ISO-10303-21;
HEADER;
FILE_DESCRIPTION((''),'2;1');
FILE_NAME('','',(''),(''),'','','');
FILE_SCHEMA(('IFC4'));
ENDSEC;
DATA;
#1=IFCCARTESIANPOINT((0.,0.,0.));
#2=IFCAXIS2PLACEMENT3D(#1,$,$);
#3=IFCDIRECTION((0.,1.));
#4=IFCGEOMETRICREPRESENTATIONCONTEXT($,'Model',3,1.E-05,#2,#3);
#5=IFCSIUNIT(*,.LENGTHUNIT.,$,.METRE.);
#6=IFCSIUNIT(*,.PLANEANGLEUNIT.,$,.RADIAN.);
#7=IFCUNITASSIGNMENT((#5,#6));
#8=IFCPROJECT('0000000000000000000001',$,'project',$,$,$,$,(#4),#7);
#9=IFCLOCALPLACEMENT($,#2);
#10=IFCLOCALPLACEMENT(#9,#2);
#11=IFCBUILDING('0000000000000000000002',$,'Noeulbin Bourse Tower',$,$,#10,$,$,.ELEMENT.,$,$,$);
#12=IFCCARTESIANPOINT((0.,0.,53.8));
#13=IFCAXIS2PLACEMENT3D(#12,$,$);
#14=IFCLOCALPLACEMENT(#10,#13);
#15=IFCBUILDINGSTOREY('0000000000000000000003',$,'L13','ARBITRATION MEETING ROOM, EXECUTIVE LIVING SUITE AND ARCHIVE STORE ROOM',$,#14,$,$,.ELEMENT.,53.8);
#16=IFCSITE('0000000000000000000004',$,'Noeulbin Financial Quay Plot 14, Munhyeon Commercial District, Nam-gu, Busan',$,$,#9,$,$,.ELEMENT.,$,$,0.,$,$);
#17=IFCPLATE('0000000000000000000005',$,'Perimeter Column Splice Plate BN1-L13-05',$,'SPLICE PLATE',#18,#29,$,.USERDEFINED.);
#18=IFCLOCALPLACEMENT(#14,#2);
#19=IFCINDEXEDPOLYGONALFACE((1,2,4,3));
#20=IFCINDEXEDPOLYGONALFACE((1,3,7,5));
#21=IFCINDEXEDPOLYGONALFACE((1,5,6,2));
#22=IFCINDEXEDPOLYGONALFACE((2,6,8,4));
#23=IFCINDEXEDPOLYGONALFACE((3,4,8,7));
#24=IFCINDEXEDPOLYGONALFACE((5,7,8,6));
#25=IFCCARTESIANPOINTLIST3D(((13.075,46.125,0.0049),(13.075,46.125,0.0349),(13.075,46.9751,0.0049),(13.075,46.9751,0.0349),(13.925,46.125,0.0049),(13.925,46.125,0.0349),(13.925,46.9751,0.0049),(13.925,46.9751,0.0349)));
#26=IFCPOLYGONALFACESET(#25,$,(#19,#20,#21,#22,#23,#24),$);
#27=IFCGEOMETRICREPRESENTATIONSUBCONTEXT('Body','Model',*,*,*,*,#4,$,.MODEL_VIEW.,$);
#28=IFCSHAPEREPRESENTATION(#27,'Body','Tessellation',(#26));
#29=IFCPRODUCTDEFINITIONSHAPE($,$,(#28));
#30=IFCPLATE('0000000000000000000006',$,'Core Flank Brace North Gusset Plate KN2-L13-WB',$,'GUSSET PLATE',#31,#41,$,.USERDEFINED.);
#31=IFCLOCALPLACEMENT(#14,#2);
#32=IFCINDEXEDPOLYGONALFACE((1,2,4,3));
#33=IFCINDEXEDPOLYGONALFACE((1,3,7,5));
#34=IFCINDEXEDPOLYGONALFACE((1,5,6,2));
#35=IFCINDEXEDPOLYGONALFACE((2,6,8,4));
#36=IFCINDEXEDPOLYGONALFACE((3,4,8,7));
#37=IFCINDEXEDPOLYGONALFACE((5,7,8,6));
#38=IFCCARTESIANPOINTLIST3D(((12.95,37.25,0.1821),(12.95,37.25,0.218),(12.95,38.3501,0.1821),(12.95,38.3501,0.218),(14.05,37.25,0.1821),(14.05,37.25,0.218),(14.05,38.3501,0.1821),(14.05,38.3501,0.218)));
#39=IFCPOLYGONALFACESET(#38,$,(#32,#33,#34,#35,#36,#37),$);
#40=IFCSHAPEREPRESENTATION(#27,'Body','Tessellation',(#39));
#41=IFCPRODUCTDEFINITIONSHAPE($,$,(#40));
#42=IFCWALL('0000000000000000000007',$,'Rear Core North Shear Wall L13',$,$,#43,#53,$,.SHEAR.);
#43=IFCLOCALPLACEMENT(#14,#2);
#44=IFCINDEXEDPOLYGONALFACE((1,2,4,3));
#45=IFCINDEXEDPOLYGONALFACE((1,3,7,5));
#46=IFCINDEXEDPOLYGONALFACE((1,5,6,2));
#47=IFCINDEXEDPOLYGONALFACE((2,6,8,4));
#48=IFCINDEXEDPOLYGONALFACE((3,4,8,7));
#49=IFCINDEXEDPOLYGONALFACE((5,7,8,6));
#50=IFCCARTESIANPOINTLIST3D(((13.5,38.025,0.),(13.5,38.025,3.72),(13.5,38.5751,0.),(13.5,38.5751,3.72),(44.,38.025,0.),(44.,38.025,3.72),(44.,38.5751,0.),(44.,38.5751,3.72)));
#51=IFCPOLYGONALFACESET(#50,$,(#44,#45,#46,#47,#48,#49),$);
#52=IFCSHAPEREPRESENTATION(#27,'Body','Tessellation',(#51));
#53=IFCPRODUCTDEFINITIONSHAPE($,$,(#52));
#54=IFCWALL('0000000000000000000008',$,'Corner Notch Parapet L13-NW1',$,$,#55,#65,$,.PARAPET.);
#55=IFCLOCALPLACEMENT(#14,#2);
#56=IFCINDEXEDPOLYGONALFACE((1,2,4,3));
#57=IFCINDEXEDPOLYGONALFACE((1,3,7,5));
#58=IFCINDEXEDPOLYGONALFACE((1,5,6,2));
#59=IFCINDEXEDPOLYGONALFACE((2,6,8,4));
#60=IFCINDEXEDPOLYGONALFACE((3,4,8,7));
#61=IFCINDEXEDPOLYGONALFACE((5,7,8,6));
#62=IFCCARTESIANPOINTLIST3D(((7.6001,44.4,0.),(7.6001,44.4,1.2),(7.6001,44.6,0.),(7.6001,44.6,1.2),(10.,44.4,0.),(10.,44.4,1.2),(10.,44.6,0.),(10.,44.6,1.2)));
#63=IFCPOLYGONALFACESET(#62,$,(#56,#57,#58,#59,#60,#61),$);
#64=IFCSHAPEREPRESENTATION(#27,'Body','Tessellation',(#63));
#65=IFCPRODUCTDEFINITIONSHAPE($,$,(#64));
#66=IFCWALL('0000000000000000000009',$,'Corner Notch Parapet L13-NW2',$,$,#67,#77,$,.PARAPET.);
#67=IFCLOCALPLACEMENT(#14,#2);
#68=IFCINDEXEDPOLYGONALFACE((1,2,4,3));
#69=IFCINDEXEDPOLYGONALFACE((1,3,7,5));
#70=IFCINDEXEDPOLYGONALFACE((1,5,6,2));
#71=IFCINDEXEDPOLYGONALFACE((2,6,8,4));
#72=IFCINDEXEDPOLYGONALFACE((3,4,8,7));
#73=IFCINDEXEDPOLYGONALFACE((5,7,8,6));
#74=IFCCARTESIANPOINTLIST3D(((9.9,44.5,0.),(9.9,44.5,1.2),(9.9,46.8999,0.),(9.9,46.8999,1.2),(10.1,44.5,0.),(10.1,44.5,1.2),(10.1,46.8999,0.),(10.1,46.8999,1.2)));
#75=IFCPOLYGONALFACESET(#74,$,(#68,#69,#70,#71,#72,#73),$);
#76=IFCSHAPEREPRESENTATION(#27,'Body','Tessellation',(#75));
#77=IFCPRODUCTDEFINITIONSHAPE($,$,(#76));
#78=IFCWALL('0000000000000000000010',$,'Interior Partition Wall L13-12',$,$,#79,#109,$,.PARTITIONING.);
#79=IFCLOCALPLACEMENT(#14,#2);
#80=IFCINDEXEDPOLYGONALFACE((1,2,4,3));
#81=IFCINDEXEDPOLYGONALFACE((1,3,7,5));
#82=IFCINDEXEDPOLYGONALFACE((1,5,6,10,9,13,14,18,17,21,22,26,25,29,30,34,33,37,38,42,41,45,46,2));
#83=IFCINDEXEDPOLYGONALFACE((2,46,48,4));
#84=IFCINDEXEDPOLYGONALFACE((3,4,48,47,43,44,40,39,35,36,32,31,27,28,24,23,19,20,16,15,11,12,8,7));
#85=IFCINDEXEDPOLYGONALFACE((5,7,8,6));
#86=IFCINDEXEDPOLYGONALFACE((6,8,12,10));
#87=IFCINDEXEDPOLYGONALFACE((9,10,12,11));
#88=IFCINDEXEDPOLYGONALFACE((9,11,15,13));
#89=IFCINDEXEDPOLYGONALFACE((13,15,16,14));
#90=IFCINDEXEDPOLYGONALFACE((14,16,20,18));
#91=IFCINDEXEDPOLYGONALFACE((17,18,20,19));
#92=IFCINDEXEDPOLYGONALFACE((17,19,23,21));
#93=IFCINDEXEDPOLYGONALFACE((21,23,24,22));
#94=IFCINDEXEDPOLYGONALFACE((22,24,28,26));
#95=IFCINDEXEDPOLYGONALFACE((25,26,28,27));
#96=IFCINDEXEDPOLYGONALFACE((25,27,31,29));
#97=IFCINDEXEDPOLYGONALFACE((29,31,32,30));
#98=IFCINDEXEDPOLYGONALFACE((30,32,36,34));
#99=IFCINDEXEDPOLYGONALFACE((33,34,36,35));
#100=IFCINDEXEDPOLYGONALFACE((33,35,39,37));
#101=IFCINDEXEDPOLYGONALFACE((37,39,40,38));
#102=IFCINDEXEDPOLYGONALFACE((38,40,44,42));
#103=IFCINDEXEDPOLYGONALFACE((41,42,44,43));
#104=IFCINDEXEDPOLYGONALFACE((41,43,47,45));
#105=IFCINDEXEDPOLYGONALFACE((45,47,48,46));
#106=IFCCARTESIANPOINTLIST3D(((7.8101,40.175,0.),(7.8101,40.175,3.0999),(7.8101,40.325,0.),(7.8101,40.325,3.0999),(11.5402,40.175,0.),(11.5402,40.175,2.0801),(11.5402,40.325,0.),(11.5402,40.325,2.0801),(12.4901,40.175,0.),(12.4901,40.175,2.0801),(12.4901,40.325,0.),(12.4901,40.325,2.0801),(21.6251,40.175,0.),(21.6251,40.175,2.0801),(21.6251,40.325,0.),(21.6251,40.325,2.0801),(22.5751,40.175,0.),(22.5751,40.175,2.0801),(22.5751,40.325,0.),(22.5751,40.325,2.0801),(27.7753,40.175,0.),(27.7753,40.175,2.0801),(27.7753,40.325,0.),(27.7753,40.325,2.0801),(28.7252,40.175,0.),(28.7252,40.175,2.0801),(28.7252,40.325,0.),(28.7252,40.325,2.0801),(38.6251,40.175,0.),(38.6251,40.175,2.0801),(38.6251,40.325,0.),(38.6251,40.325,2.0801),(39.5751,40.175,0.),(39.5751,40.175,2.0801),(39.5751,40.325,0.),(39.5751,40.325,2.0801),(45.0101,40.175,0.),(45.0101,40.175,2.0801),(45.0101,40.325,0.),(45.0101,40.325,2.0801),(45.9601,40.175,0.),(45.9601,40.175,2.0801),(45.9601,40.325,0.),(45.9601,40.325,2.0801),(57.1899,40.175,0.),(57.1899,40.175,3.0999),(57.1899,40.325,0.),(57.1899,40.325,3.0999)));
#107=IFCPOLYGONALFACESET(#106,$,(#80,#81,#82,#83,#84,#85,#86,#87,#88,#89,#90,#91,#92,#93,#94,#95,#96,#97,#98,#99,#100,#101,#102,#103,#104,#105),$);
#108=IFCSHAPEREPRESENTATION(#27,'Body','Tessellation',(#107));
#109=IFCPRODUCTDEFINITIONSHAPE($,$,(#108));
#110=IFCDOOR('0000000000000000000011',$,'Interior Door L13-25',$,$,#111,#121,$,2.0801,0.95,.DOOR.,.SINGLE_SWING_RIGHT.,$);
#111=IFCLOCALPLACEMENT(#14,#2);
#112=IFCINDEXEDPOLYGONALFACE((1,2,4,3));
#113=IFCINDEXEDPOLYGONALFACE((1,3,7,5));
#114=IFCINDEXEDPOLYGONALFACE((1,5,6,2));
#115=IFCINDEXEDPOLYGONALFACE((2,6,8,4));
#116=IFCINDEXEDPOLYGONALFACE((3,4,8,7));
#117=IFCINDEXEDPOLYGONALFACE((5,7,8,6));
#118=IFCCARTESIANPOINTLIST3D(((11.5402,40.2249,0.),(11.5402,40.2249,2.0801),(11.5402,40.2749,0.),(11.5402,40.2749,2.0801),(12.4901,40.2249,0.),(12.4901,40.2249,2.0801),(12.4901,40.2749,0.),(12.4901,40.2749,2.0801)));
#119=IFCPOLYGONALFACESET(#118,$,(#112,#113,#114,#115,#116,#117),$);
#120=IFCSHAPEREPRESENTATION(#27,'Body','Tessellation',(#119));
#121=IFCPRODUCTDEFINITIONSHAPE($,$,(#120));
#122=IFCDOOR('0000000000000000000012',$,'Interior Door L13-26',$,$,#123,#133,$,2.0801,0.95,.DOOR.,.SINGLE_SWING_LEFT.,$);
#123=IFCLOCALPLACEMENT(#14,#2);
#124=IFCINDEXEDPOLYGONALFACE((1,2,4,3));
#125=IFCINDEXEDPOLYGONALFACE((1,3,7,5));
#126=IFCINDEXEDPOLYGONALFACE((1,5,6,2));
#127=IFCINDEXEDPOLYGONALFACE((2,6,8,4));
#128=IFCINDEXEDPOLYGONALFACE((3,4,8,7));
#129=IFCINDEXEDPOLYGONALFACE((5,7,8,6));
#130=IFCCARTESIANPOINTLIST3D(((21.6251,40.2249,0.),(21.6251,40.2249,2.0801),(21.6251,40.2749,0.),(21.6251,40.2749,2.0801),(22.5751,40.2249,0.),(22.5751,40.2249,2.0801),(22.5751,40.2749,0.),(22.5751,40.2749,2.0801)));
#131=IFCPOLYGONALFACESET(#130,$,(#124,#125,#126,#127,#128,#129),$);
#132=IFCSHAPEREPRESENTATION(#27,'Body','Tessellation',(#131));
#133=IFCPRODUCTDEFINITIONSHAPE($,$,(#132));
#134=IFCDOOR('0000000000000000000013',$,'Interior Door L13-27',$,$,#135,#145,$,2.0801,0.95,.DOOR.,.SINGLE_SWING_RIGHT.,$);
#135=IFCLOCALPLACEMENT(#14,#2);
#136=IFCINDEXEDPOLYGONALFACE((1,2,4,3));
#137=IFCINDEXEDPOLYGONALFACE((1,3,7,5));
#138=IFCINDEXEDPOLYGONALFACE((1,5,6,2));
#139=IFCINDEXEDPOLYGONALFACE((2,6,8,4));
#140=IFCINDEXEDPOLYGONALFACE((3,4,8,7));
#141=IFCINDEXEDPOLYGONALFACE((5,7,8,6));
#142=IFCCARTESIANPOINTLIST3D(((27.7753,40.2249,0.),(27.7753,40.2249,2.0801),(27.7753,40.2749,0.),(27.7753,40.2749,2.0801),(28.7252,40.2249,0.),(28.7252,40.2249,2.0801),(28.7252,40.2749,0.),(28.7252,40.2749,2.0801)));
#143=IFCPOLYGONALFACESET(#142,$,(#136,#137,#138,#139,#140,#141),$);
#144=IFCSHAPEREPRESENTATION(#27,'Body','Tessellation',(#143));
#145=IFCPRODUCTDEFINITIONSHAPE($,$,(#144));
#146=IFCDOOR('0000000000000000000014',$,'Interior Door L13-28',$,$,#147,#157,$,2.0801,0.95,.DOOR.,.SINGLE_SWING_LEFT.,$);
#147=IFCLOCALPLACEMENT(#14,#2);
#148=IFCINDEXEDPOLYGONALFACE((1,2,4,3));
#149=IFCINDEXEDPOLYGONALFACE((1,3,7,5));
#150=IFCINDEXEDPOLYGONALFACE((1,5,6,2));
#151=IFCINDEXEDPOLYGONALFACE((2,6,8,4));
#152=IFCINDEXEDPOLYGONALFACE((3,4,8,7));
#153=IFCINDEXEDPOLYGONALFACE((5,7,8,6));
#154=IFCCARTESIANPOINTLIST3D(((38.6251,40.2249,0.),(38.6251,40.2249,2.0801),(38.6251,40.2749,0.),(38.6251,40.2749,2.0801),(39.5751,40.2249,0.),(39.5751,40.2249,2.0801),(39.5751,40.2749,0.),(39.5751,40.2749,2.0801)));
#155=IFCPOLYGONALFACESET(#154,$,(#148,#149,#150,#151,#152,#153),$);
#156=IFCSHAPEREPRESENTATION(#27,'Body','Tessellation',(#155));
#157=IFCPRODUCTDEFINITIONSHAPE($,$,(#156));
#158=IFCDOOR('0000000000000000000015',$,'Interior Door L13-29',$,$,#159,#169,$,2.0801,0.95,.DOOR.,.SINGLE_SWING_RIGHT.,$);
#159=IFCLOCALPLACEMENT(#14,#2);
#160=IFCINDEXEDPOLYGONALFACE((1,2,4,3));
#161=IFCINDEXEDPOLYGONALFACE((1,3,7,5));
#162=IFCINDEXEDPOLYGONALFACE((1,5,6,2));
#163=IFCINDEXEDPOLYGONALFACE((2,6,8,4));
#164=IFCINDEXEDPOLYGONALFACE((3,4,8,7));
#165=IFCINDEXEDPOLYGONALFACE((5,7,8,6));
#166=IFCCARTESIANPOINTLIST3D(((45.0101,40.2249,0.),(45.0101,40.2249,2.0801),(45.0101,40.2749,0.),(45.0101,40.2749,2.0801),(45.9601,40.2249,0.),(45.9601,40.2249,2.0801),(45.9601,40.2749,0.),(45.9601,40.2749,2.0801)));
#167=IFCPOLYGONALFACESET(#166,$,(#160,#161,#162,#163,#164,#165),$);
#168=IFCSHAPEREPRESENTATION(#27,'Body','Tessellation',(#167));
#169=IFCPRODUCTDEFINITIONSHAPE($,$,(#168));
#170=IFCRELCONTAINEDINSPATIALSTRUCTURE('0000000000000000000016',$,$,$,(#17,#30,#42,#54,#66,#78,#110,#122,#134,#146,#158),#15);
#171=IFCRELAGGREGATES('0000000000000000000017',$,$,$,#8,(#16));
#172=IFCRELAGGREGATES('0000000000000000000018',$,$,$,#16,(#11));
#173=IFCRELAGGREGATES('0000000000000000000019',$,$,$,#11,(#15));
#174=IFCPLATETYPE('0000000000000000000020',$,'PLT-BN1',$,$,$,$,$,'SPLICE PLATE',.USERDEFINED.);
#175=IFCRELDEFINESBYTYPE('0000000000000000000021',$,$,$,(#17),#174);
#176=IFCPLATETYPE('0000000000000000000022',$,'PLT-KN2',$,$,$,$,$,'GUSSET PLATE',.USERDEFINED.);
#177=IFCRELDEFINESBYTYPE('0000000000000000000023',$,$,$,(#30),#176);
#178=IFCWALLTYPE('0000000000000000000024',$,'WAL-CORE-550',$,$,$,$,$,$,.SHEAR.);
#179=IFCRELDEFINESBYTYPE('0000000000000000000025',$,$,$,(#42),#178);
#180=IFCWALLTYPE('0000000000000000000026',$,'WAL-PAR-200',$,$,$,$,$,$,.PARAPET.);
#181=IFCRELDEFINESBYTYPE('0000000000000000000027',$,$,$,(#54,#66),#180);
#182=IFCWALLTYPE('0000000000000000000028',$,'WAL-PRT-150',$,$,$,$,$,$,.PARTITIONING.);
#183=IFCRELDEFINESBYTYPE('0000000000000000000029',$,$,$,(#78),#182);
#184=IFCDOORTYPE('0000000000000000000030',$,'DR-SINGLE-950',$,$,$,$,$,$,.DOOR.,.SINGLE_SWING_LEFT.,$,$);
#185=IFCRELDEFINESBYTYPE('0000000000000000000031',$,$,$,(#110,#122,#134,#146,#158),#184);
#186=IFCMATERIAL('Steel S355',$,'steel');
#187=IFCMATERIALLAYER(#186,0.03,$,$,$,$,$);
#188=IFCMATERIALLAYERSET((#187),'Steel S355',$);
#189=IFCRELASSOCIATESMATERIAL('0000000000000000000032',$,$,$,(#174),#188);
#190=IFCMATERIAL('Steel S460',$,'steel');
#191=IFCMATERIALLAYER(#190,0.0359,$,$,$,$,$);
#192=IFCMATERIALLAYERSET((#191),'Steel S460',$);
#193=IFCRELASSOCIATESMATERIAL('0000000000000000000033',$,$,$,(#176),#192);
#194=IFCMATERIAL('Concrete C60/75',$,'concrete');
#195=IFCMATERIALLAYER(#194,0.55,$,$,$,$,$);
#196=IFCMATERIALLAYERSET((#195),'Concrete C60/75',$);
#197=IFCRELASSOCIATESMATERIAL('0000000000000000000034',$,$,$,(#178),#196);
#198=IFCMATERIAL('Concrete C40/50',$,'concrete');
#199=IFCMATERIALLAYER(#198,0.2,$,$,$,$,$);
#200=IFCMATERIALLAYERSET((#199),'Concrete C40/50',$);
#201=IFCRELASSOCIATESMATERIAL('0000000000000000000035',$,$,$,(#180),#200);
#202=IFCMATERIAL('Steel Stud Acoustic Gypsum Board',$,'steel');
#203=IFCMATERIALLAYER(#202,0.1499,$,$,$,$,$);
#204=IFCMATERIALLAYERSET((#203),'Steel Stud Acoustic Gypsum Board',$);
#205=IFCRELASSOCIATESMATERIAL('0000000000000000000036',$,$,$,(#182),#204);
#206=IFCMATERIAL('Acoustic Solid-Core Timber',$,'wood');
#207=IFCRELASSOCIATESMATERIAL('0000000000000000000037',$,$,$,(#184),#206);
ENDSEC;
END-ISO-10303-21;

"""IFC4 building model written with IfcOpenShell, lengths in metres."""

from ifc_helpers import new_model, si_unit, direction, frame, frame_2d, origin, origin_2d, place, context, subcontext, project, spatial, rectangle, extrude, material, layer, layer_set, type_object, element, fill, save


model = new_model("IFC4")

# Units and contexts
model_context = context("Model", 3, precision=1e-05, world=origin(), true_north=direction((0.0, 1.0)))
body_context = subcontext(model_context, "Body", "Model", "MODEL_VIEW")
ifc_project = project(units=[si_unit("LENGTHUNIT", "METRE"), si_unit("PLANEANGLEUNIT", "RADIAN")], contexts=[model_context])

# Site, building, storey
site_placement = place(None, origin())
site = spatial("IfcSite", under=ifc_project, at=site_placement, Name="Noeulbin Financial Quay Plot 14, Munhyeon Commercial District, Nam-gu, Busan", CompositionType="ELEMENT", RefElevation=0.0)
building_placement = place(site_placement, origin())
building = spatial("IfcBuilding", under=site, at=building_placement, Name="Noeulbin Bourse Tower", CompositionType="ELEMENT")
storey_placement = place(building_placement, frame((0.0, 0.0, 53.8)))
storey = spatial("IfcBuildingStorey", under=building, at=storey_placement, Name="L13", Description="ARBITRATION MEETING ROOM, EXECUTIVE LIVING SUITE AND ARCHIVE STORE ROOM", CompositionType="ELEMENT", Elevation=53.8)

# Shared definitions
ifc_material_1 = material(Name="Steel S460", Category="steel")

# Plates
ifc_material_2 = material(Name="Steel S355", Category="steel")
ifc_layer_1 = layer(ifc_material_2, 0.03)
ifc_layer_set_1 = layer_set([ifc_layer_1], Name="Steel S355")
plate_type_1 = type_object("IfcPlateType", Name="PLT-BN1", ElementType="SPLICE PLATE", PredefinedType="USERDEFINED", material=ifc_layer_set_1)
for number, where, z_axis, x_axis, name in (
    (1, (13.5, 46.55, 0.0049), (0.0, 0.0, 1.0), (1.0, 0.0, 0.0), "Perimeter Column Splice Plate BN1-L13-05"),
):
    element("IfcPlate", number, at=place(storey_placement, frame(where, z_axis=z_axis, x_axis=x_axis)), inside=storey, type_object=plate_type_1, Name=name, ObjectType="SPLICE PLATE", PredefinedType="USERDEFINED", context=body_context, shape_type="SweptSolid", body=[
        extrude(rectangle(XDim=0.8501, YDim=0.8501, at=origin_2d()), origin(), (0.0, 0.0, 1.0), 0.03),
    ])
ifc_layer_2 = layer(ifc_material_1, 0.0359)
ifc_layer_set_2 = layer_set([ifc_layer_2], Name="Steel S460")
plate_type_2 = type_object("IfcPlateType", Name="PLT-KN2", ElementType="GUSSET PLATE", PredefinedType="USERDEFINED", material=ifc_layer_set_2)
plate_1_placement = place(storey_placement, frame((13.5, 37.8, 0.1821), z_axis=(0.0, 0.0, 1.0), x_axis=(1.0, 0.0, 0.0)))
element("IfcPlate", 2, at=plate_1_placement, inside=storey, type_object=plate_type_2, Name="Core Flank Brace North Gusset Plate KN2-L13-WB", ObjectType="GUSSET PLATE", PredefinedType="USERDEFINED", context=body_context, shape_type="SweptSolid", body=[
    extrude(rectangle(XDim=1.1001, YDim=1.1001, at=origin_2d()), origin(), (0.0, 0.0, 1.0), 0.0359),
])

# Walls
ifc_material_3 = material(Name="Concrete C60/75", Category="concrete")
ifc_layer_3 = layer(ifc_material_3, 0.55)
ifc_layer_set_3 = layer_set([ifc_layer_3], Name="Concrete C60/75")
wall_type_1 = type_object("IfcWallType", Name="WAL-CORE-550", PredefinedType="SHEAR", material=ifc_layer_set_3)
wall_1_placement = place(storey_placement, frame((13.5, 38.3, 0.0), z_axis=(0.0, 0.0, 1.0), x_axis=(1.0, 0.0, 0.0)))
element("IfcWall", 3, at=wall_1_placement, inside=storey, type_object=wall_type_1, Name="Rear Core North Shear Wall L13", PredefinedType="SHEAR", context=body_context, shape_type="SweptSolid", body=[
    extrude(rectangle(XDim=30.5, YDim=0.55, at=frame_2d((15.25, 0.0))), origin(), (0.0, 0.0, 1.0), 3.72),
])
ifc_material_4 = material(Name="Concrete C40/50", Category="concrete")
ifc_layer_4 = layer(ifc_material_4, 0.2)
ifc_layer_set_4 = layer_set([ifc_layer_4], Name="Concrete C40/50")
wall_type_2 = type_object("IfcWallType", Name="WAL-PAR-200", PredefinedType="PARAPET", material=ifc_layer_set_4)
for number, where, z_axis, x_axis, name in (
    (4, (7.6001, 44.5, 0.0), (0.0, 0.0, 1.0), (1.0, 0.0, 0.0), "Corner Notch Parapet L13-NW1"),
    (5, (10.0, 44.5, 0.0), (0.0, 0.0, 1.0), (0.0, 1.0, 0.0), "Corner Notch Parapet L13-NW2"),
):
    element("IfcWall", number, at=place(storey_placement, frame(where, z_axis=z_axis, x_axis=x_axis)), inside=storey, type_object=wall_type_2, Name=name, PredefinedType="PARAPET", context=body_context, shape_type="SweptSolid", body=[
        extrude(rectangle(XDim=2.3999, YDim=0.2, at=frame_2d((1.2, 0.0))), origin(), (0.0, 0.0, 1.0), 1.2),
    ])

# Wall, openings, doors
ifc_material_5 = material(Name="Steel Stud Acoustic Gypsum Board", Category="steel")
ifc_layer_5 = layer(ifc_material_5, 0.1499)
ifc_layer_set_5 = layer_set([ifc_layer_5], Name="Steel Stud Acoustic Gypsum Board")
wall_type_3 = type_object("IfcWallType", Name="WAL-PRT-150", PredefinedType="PARTITIONING", material=ifc_layer_set_5)
wall_2_placement = place(storey_placement, frame((7.8101, 40.25, 0.0), z_axis=(0.0, 0.0, 1.0), x_axis=(1.0, 0.0, 0.0)))
wall_2 = element("IfcWall", 6, at=wall_2_placement, inside=storey, type_object=wall_type_3, Name="Interior Partition Wall L13-12", PredefinedType="PARTITIONING", context=body_context, shape_type="SweptSolid", body=[
    extrude(rectangle(XDim=49.3799, YDim=0.1499, at=frame_2d((24.6899, 0.0))), origin(), (0.0, 0.0, 1.0), 3.0999),
])
opening_1_placement = place(wall_2_placement, frame((3.73, 0.0, 0.0)))
opening_1 = element("IfcOpeningElement", 7, at=opening_1_placement, cuts=wall_2, PredefinedType="OPENING", context=body_context, shape_type="SweptSolid", body=[
    extrude(rectangle(XDim=0.95, YDim=2.0801, at=frame_2d((0.4751, 1.04))), frame((0.0, 0.085, 0.0), z_axis=(0.0, -1.0, 0.0), x_axis=(1.0, 0.0, 0.0)), (0.0, 0.0, 1.0), 0.1699),
])
opening_2_placement = place(wall_2_placement, frame((13.8149, 0.0, 0.0)))
opening_2 = element("IfcOpeningElement", 8, at=opening_2_placement, cuts=wall_2, PredefinedType="OPENING", context=body_context, shape_type="SweptSolid", body=[
    extrude(rectangle(XDim=0.95, YDim=2.0801, at=frame_2d((0.4751, 1.04))), frame((0.0, 0.085, 0.0), z_axis=(0.0, -1.0, 0.0), x_axis=(1.0, 0.0, 0.0)), (0.0, 0.0, 1.0), 0.1699),
])
opening_3_placement = place(wall_2_placement, frame((19.9651, 0.0, 0.0)))
opening_3 = element("IfcOpeningElement", 9, at=opening_3_placement, cuts=wall_2, PredefinedType="OPENING", context=body_context, shape_type="SweptSolid", body=[
    extrude(rectangle(XDim=0.95, YDim=2.0801, at=frame_2d((0.4751, 1.04))), frame((0.0, 0.085, 0.0), z_axis=(0.0, -1.0, 0.0), x_axis=(1.0, 0.0, 0.0)), (0.0, 0.0, 1.0), 0.1699),
])
opening_4_placement = place(wall_2_placement, frame((30.8149, 0.0, 0.0)))
opening_4 = element("IfcOpeningElement", 10, at=opening_4_placement, cuts=wall_2, PredefinedType="OPENING", context=body_context, shape_type="SweptSolid", body=[
    extrude(rectangle(XDim=0.95, YDim=2.0801, at=frame_2d((0.4751, 1.04))), frame((0.0, 0.085, 0.0), z_axis=(0.0, -1.0, 0.0), x_axis=(1.0, 0.0, 0.0)), (0.0, 0.0, 1.0), 0.1699),
])
opening_5_placement = place(wall_2_placement, frame((37.2, 0.0, 0.0)))
opening_5 = element("IfcOpeningElement", 11, at=opening_5_placement, cuts=wall_2, PredefinedType="OPENING", context=body_context, shape_type="SweptSolid", body=[
    extrude(rectangle(XDim=0.95, YDim=2.0801, at=frame_2d((0.4751, 1.04))), frame((0.0, 0.085, 0.0), z_axis=(0.0, -1.0, 0.0), x_axis=(1.0, 0.0, 0.0)), (0.0, 0.0, 1.0), 0.1699),
])
ifc_material_6 = material(Name="Acoustic Solid-Core Timber", Category="wood")
door_type = type_object("IfcDoorType", Name="DR-SINGLE-950", OperationType="SINGLE_SWING_LEFT", PredefinedType="DOOR", material=ifc_material_6)
door_1_placement = place(opening_1_placement, origin())
door_1 = element("IfcDoor", 12, at=door_1_placement, inside=storey, type_object=door_type, Name="Interior Door L13-25", OperationType="SINGLE_SWING_RIGHT", OverallHeight=2.0801, OverallWidth=0.95, PredefinedType="DOOR", context=body_context, shape_type="SweptSolid", body=[
    extrude(rectangle(XDim=0.95, YDim=2.0801, at=frame_2d((0.4751, 1.04))), frame((0.0, 0.0249, 0.0), z_axis=(0.0, -1.0, 0.0), x_axis=(1.0, 0.0, 0.0)), (0.0, 0.0, 1.0), 0.05),
])
fill(opening_1, door_1)
door_2_placement = place(opening_2_placement, origin())
door_2 = element("IfcDoor", 13, at=door_2_placement, inside=storey, type_object=door_type, Name="Interior Door L13-26", OperationType="SINGLE_SWING_LEFT", OverallHeight=2.0801, OverallWidth=0.95, PredefinedType="DOOR", context=body_context, shape_type="SweptSolid", body=[
    extrude(rectangle(XDim=0.95, YDim=2.0801, at=frame_2d((0.4751, 1.04))), frame((0.0, 0.0249, 0.0), z_axis=(0.0, -1.0, 0.0), x_axis=(1.0, 0.0, 0.0)), (0.0, 0.0, 1.0), 0.05),
])
fill(opening_2, door_2)
door_3_placement = place(opening_3_placement, origin())
door_3 = element("IfcDoor", 14, at=door_3_placement, inside=storey, type_object=door_type, Name="Interior Door L13-27", OperationType="SINGLE_SWING_RIGHT", OverallHeight=2.0801, OverallWidth=0.95, PredefinedType="DOOR", context=body_context, shape_type="SweptSolid", body=[
    extrude(rectangle(XDim=0.95, YDim=2.0801, at=frame_2d((0.4751, 1.04))), frame((0.0, 0.0249, 0.0), z_axis=(0.0, -1.0, 0.0), x_axis=(1.0, 0.0, 0.0)), (0.0, 0.0, 1.0), 0.05),
])
fill(opening_3, door_3)
door_4_placement = place(opening_4_placement, origin())
door_4 = element("IfcDoor", 15, at=door_4_placement, inside=storey, type_object=door_type, Name="Interior Door L13-28", OperationType="SINGLE_SWING_LEFT", OverallHeight=2.0801, OverallWidth=0.95, PredefinedType="DOOR", context=body_context, shape_type="SweptSolid", body=[
    extrude(rectangle(XDim=0.95, YDim=2.0801, at=frame_2d((0.4751, 1.04))), frame((0.0, 0.0249, 0.0), z_axis=(0.0, -1.0, 0.0), x_axis=(1.0, 0.0, 0.0)), (0.0, 0.0, 1.0), 0.05),
])
fill(opening_4, door_4)
door_5_placement = place(opening_5_placement, origin())
door_5 = element("IfcDoor", 16, at=door_5_placement, inside=storey, type_object=door_type, Name="Interior Door L13-29", OperationType="SINGLE_SWING_RIGHT", OverallHeight=2.0801, OverallWidth=0.95, PredefinedType="DOOR", context=body_context, shape_type="SweptSolid", body=[
    extrude(rectangle(XDim=0.95, YDim=2.0801, at=frame_2d((0.4751, 1.04))), frame((0.0, 0.0249, 0.0), z_axis=(0.0, -1.0, 0.0), x_axis=(1.0, 0.0, 0.0)), (0.0, 0.0, 1.0), 0.05),
])
fill(opening_5, door_5)

save(model, "model.ifc")
